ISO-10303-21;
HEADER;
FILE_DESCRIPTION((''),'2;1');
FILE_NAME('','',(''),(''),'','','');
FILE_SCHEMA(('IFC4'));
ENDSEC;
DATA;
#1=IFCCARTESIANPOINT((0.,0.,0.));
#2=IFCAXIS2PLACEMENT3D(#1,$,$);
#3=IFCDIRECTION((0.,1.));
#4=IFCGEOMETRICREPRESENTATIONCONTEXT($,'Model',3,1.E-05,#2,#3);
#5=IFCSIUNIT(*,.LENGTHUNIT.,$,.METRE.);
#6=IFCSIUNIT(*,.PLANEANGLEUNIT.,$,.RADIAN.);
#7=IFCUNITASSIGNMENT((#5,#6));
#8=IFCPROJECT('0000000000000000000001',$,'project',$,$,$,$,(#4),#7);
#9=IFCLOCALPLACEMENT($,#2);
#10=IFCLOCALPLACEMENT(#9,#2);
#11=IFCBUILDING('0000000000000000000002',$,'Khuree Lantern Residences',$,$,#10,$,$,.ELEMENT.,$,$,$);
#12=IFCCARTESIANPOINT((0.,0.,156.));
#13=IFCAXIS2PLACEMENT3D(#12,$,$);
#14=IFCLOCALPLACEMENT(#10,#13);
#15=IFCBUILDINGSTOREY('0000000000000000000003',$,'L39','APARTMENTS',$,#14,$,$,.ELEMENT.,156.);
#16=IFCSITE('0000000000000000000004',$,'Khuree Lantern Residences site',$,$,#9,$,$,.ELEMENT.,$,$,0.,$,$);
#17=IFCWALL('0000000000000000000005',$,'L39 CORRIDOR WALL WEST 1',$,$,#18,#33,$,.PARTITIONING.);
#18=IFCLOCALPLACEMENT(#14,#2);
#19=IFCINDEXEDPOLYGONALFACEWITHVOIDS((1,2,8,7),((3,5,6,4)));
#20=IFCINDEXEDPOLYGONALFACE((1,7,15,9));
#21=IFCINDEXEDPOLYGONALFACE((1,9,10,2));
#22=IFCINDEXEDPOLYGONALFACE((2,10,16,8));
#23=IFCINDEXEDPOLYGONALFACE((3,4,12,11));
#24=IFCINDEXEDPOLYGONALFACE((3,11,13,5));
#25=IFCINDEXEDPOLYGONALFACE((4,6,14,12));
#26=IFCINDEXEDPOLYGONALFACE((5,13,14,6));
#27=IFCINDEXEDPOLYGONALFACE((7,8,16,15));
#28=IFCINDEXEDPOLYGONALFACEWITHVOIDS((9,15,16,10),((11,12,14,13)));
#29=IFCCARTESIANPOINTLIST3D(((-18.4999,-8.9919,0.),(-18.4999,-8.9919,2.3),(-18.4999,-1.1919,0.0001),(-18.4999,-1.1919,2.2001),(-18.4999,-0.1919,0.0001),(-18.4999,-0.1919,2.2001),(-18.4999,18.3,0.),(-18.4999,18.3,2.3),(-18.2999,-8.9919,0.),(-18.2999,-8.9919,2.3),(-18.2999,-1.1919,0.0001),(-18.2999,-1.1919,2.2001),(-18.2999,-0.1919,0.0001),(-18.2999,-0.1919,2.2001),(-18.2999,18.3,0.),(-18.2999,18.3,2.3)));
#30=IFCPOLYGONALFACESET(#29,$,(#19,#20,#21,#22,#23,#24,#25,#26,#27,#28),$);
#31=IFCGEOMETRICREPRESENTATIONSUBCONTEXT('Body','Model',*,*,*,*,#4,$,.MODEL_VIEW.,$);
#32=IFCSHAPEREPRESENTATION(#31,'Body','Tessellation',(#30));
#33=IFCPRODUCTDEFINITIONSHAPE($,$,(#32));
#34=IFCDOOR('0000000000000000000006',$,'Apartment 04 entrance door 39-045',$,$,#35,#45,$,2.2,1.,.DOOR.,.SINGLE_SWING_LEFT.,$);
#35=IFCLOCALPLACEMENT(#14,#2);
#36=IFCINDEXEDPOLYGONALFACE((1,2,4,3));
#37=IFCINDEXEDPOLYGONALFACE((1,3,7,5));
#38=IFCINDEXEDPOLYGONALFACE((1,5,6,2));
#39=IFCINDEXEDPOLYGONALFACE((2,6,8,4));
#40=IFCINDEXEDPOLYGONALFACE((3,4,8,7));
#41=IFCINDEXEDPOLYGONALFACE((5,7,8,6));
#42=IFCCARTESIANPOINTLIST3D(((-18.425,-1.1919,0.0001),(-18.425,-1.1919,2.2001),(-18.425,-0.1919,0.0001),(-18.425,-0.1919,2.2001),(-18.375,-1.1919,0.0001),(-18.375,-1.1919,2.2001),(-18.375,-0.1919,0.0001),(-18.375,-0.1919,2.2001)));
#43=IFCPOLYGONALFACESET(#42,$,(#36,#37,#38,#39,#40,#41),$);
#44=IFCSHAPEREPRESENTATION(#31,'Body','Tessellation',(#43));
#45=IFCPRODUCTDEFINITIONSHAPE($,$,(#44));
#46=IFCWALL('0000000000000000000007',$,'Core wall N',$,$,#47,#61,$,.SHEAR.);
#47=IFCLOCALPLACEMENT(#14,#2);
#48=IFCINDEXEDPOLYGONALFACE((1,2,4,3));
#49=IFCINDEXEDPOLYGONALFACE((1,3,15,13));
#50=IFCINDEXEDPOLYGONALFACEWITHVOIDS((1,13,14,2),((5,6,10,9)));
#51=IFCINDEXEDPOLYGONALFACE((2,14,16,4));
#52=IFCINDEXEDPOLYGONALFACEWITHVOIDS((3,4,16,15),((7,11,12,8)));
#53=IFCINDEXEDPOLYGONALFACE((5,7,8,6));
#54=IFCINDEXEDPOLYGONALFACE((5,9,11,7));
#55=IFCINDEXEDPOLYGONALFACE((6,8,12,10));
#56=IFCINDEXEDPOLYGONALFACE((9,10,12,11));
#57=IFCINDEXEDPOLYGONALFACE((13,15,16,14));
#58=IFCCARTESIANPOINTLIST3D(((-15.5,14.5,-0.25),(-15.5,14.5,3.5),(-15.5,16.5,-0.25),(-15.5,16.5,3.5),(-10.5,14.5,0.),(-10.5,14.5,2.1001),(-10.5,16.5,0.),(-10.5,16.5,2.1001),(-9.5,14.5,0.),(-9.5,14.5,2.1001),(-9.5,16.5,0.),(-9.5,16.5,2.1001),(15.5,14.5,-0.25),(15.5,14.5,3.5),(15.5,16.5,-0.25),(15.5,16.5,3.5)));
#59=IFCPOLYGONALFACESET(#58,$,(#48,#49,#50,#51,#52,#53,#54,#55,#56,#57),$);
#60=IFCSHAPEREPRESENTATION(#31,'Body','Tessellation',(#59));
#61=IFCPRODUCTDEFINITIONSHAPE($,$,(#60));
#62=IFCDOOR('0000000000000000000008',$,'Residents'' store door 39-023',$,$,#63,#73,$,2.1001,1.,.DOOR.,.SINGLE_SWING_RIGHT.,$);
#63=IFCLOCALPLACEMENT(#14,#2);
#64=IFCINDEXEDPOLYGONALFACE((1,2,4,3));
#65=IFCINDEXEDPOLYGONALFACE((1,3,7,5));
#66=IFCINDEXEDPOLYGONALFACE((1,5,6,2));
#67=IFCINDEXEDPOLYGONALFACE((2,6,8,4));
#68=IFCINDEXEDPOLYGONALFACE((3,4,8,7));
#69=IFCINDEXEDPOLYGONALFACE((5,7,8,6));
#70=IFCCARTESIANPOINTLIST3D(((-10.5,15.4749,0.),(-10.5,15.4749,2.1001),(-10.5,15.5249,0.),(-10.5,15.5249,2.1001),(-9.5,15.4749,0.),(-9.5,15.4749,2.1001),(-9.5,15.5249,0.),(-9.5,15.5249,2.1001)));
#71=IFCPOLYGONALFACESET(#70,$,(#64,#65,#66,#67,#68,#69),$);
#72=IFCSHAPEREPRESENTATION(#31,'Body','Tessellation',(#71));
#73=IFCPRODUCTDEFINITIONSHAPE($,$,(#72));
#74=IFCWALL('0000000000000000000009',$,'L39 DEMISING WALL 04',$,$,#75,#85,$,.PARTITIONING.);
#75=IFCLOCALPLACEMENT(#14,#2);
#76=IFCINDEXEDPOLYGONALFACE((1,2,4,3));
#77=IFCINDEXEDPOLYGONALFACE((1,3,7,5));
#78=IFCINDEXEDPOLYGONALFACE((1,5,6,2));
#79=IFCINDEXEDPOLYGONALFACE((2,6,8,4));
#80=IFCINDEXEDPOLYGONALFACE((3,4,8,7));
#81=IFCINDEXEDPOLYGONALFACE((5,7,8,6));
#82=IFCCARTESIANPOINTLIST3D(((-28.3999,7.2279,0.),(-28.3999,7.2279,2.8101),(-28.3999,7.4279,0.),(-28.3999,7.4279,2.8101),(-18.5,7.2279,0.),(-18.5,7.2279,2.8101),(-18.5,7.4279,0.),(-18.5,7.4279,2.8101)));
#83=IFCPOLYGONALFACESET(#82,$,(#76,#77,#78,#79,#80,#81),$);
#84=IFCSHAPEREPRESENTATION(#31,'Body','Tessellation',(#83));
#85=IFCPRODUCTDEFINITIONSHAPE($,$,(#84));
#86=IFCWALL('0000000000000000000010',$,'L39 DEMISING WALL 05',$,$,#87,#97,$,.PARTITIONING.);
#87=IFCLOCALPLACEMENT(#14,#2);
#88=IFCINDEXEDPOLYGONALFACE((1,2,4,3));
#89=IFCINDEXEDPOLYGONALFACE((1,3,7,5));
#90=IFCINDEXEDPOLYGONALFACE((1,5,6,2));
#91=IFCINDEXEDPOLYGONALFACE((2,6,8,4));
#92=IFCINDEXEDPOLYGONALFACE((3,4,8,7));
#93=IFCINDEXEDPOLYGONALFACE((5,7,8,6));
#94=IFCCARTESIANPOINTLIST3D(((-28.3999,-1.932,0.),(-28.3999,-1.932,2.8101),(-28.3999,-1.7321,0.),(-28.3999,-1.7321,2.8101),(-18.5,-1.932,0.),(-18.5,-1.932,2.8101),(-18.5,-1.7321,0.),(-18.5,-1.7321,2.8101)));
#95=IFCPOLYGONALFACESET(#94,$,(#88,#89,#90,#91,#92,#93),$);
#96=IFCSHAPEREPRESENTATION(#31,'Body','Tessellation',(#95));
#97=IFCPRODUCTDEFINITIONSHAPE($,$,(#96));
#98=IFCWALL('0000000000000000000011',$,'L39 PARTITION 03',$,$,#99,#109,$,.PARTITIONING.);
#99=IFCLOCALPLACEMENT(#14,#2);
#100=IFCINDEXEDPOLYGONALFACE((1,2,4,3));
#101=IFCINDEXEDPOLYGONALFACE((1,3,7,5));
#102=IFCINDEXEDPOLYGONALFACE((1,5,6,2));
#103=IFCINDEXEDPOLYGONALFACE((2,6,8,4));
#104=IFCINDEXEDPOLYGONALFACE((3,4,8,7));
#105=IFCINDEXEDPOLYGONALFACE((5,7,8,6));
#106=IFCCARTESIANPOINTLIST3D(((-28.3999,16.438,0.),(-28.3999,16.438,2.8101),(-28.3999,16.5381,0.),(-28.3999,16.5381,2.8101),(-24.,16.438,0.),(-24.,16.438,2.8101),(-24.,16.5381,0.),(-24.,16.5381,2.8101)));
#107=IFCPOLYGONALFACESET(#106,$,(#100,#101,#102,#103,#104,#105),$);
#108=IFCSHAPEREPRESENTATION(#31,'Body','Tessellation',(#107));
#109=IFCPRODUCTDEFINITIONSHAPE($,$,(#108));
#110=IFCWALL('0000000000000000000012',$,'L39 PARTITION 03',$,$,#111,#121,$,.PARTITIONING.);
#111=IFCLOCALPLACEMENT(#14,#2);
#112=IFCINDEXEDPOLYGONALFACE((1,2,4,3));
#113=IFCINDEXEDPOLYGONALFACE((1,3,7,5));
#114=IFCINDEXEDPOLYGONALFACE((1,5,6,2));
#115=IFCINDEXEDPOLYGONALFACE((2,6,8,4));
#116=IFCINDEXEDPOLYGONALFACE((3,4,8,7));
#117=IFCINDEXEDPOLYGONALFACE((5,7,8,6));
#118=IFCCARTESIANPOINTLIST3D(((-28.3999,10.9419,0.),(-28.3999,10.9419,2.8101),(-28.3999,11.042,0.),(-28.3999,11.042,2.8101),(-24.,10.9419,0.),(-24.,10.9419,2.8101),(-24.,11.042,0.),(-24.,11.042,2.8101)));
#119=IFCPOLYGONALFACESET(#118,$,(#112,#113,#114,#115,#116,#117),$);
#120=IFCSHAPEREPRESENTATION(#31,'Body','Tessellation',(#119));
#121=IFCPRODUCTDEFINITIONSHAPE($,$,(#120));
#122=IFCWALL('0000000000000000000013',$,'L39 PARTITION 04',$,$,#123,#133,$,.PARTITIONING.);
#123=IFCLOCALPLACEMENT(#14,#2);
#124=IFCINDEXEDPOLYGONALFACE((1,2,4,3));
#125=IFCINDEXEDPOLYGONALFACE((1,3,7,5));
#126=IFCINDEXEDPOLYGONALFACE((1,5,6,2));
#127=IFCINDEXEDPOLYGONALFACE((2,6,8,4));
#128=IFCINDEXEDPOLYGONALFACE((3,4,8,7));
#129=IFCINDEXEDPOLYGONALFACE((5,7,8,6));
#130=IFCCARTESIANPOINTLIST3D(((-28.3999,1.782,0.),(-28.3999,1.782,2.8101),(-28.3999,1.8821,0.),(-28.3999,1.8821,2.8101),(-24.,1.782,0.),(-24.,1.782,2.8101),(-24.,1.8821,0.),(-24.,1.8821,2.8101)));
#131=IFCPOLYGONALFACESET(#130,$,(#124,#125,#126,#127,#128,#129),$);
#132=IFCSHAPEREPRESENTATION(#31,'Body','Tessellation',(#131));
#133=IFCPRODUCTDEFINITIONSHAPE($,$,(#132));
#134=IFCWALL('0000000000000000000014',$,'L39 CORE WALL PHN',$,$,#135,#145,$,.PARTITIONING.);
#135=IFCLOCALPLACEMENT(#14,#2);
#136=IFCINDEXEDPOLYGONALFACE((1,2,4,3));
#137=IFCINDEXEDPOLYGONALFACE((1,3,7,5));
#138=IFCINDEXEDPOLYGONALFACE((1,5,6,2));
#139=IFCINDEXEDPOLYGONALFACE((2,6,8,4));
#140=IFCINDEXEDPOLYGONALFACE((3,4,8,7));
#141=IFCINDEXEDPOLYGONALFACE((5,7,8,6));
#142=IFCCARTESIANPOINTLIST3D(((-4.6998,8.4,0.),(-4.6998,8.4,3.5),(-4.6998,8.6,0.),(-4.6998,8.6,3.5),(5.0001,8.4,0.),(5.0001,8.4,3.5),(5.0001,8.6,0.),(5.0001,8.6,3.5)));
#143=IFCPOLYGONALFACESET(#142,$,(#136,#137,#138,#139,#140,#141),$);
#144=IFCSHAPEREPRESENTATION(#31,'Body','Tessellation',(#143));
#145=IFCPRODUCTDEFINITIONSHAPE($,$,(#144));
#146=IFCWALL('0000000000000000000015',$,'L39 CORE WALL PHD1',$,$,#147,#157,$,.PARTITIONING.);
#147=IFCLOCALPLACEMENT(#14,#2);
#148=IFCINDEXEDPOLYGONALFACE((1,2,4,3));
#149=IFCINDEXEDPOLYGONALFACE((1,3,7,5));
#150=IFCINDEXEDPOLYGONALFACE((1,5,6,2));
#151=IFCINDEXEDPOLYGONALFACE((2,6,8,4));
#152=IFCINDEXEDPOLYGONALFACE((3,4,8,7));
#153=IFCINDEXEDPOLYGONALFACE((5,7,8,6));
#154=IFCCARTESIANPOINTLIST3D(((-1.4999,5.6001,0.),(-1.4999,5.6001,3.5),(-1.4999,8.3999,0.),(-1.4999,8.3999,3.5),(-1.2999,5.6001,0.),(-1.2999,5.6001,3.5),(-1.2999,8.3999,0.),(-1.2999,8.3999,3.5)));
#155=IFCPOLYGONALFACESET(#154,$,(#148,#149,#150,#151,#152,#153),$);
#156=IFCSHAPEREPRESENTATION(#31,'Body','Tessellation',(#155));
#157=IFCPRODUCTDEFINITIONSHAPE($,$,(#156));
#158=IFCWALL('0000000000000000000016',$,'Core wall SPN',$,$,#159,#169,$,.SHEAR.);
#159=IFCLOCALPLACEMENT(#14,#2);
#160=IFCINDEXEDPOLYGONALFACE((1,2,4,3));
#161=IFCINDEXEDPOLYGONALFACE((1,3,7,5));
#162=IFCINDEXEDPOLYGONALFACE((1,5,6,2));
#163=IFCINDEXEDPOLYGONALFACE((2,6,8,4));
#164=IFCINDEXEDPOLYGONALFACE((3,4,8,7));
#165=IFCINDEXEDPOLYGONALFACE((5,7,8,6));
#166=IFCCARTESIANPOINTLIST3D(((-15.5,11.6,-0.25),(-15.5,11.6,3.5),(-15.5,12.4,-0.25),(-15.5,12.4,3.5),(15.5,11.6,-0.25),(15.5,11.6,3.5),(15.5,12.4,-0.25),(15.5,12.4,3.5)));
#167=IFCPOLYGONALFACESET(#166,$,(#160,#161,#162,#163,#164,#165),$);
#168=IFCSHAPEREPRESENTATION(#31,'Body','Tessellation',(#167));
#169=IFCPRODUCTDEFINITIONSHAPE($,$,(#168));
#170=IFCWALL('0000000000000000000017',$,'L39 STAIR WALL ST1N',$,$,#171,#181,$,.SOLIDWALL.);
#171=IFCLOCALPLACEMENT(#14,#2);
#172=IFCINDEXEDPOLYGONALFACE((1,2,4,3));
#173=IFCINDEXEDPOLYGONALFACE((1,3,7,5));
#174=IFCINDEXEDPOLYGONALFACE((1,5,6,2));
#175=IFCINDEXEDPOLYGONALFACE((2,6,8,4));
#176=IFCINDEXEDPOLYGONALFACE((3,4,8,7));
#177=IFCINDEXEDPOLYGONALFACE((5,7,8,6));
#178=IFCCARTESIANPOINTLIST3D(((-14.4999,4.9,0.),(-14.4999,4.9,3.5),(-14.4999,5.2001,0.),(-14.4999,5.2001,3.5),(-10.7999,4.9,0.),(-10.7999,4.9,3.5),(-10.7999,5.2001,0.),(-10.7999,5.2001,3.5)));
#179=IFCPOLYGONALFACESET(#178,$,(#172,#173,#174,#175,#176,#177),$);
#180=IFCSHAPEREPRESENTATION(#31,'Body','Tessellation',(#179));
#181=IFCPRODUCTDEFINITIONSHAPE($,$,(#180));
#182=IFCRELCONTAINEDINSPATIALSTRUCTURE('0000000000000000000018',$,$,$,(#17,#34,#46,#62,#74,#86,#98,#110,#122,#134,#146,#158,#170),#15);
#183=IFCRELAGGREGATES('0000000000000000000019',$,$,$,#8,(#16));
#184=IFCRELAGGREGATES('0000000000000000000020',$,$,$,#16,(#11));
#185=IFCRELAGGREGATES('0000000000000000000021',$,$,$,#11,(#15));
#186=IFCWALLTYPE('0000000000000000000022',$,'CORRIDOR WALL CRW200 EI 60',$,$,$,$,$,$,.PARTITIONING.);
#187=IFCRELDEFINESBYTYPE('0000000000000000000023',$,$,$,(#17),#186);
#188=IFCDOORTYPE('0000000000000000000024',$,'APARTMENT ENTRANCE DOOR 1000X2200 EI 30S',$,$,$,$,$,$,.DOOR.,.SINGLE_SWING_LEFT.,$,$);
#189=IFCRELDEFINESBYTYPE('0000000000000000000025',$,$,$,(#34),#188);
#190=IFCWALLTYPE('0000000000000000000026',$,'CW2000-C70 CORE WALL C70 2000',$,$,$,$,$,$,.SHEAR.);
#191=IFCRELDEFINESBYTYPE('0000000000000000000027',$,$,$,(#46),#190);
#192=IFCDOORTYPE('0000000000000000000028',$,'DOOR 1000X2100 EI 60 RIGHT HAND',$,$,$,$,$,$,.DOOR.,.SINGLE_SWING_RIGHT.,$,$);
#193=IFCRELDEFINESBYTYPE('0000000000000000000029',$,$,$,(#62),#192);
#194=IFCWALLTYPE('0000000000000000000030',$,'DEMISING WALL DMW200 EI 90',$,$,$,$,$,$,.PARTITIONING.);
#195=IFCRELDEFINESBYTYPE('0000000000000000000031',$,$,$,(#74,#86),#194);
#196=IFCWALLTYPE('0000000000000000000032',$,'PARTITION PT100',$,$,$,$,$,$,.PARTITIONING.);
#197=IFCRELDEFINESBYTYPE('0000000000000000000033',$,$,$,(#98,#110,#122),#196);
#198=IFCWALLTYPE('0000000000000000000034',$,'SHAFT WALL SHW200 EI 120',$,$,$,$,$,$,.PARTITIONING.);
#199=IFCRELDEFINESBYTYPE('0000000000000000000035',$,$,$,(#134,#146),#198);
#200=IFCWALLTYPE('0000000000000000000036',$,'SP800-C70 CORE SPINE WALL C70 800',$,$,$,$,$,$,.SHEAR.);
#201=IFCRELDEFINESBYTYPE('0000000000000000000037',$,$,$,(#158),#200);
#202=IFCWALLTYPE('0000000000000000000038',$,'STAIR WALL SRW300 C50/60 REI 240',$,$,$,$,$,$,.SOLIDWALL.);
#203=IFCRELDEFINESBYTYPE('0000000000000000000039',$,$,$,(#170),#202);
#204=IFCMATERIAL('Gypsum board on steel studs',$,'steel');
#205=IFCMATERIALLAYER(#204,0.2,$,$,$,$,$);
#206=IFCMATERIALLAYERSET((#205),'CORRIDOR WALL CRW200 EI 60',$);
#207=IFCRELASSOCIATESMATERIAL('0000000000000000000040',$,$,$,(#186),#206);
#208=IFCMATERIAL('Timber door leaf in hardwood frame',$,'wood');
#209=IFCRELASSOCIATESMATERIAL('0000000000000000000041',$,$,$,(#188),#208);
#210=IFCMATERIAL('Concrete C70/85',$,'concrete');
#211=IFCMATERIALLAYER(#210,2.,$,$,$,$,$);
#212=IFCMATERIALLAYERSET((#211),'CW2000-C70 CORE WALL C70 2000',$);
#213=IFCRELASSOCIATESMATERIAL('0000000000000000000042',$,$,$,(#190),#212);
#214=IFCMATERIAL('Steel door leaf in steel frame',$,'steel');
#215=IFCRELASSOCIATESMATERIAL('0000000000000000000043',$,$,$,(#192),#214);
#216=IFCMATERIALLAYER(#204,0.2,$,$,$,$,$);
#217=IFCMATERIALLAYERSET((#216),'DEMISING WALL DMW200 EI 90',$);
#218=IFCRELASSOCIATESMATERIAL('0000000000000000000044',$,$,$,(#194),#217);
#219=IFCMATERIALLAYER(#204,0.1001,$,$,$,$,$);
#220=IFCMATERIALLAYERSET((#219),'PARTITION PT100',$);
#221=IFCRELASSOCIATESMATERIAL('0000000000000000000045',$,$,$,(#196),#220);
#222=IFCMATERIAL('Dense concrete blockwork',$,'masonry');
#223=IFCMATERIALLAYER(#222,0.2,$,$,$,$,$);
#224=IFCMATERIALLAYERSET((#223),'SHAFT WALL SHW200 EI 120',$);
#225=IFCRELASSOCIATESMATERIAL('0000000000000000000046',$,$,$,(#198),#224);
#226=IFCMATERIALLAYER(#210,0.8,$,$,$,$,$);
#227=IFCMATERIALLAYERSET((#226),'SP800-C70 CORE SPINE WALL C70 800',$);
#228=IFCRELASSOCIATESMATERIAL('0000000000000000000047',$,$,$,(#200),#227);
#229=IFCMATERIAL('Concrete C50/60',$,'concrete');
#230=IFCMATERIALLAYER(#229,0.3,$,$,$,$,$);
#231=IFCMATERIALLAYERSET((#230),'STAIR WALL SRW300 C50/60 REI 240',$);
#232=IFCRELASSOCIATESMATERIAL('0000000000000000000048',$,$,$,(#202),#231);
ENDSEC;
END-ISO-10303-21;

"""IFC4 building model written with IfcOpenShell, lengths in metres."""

from ifc_helpers import new_model, si_unit, direction, frame, frame_2d, origin, place, context, subcontext, project, spatial, rectangle, extrude, material, layer, layer_set, type_object, element, fill, save


model = new_model("IFC4")

# Units and contexts
model_context = context("Model", 3, precision=1e-05, world=origin(), true_north=direction((0.0, 1.0)))
body_context = subcontext(model_context, "Body", "Model", "MODEL_VIEW")
ifc_project = project(units=[si_unit("LENGTHUNIT", "METRE"), si_unit("PLANEANGLEUNIT", "RADIAN")], contexts=[model_context])

# Site, building, storey
site_placement = place(None, origin())
site = spatial("IfcSite", under=ifc_project, at=site_placement, Name="Khuree Lantern Residences site", CompositionType="ELEMENT", RefElevation=0.0)
building_placement = place(site_placement, origin())
building = spatial("IfcBuilding", under=site, at=building_placement, Name="Khuree Lantern Residences", CompositionType="ELEMENT")
storey_placement = place(building_placement, frame((0.0, 0.0, 156.0)))
storey = spatial("IfcBuildingStorey", under=building, at=storey_placement, Name="L39", Description="APARTMENTS", CompositionType="ELEMENT", Elevation=156.0)

# Shared definitions
ifc_material_1 = material(Name="Concrete C70/85", Category="concrete")

# Shared definitions
ifc_material_2 = material(Name="Timber door leaf in hardwood frame", Category="wood")

# Shared definitions
ifc_material_3 = material(Name="Dense concrete blockwork", Category="masonry")

# Shared definitions
ifc_material_4 = material(Name="Steel door leaf in steel frame", Category="steel")

# Shared definitions
ifc_material_5 = material(Name="Gypsum board on steel studs", Category="steel")
ifc_layer_1 = layer(ifc_material_5, 0.2)
ifc_layer_set_1 = layer_set([ifc_layer_1], Name="CORRIDOR WALL CRW200 EI 60")
wall_type_1 = type_object("IfcWallType", Name="CORRIDOR WALL CRW200 EI 60", PredefinedType="PARTITIONING", material=ifc_layer_set_1)

# Walls, openings, doors
wall_1_placement = place(storey_placement, frame((-18.3999, 18.3, 0.0), z_axis=(0.0, 0.0, 1.0), x_axis=(0.0, -1.0, 0.0)))
wall_1 = element("IfcWall", 1, at=wall_1_placement, inside=storey, type_object=wall_type_1, Name="L39 CORRIDOR WALL WEST 1", PredefinedType="PARTITIONING", context=body_context, shape_type="SweptSolid", body=[
    extrude(rectangle(XDim=27.292, YDim=0.2, at=frame_2d((13.646, 0.0))), origin(), (0.0, 0.0, 1.0), 2.3),
])
opening_1_placement = place(wall_1_placement, frame((18.4919, 0.0, 0.0)))
opening_1 = element("IfcOpeningElement", 2, at=opening_1_placement, cuts=wall_1, PredefinedType="OPENING", context=body_context, shape_type="SweptSolid", body=[
    extrude(rectangle(XDim=1.0, YDim=2.2, at=frame_2d((0.5, 1.1001))), frame((0.0, 0.1099, 0.0), z_axis=(0.0, -1.0, 0.0), x_axis=(1.0, 0.0, 0.0)), (0.0, 0.0, 1.0), 0.22),
])
door_type_1 = type_object("IfcDoorType", Name="APARTMENT ENTRANCE DOOR 1000X2200 EI 30S", OperationType="SINGLE_SWING_LEFT", PredefinedType="DOOR", material=ifc_material_2)
door_1_placement = place(opening_1_placement, origin())
door_1 = element("IfcDoor", 3, at=door_1_placement, inside=storey, type_object=door_type_1, Name="Apartment 04 entrance door 39-045", OperationType="SINGLE_SWING_LEFT", OverallHeight=2.2, OverallWidth=1.0, PredefinedType="DOOR", context=body_context, shape_type="SweptSolid", body=[
    extrude(rectangle(XDim=1.0, YDim=2.2, at=frame_2d((0.5, 1.1001))), frame((0.0, 0.0249, 0.0), z_axis=(0.0, -1.0, 0.0), x_axis=(1.0, 0.0, 0.0)), (0.0, 0.0, 1.0), 0.05),
])
fill(opening_1, door_1)
ifc_layer_2 = layer(ifc_material_1, 2.0)
ifc_layer_set_2 = layer_set([ifc_layer_2], Name="CW2000-C70 CORE WALL C70 2000")
wall_type_2 = type_object("IfcWallType", Name="CW2000-C70 CORE WALL C70 2000", PredefinedType="SHEAR", material=ifc_layer_set_2)
wall_2_placement = place(storey_placement, frame((-15.5, 15.5, -0.25), z_axis=(0.0, 0.0, 1.0), x_axis=(1.0, 0.0, 0.0)))
wall_2 = element("IfcWall", 4, at=wall_2_placement, inside=storey, type_object=wall_type_2, Name="Core wall N", PredefinedType="SHEAR", context=body_context, shape_type="SweptSolid", body=[
    extrude(rectangle(XDim=31.0, YDim=2.0, at=frame_2d((15.5, 0.0))), origin(), (0.0, 0.0, 1.0), 3.75),
])
opening_2_placement = place(wall_2_placement, frame((5.0, 0.0, 0.25)))
opening_2 = element("IfcOpeningElement", 5, at=opening_2_placement, cuts=wall_2, PredefinedType="OPENING", context=body_context, shape_type="SweptSolid", body=[
    extrude(rectangle(XDim=1.0, YDim=2.1001, at=frame_2d((0.5, 1.05))), frame((0.0, 1.01, 0.0), z_axis=(0.0, -1.0, 0.0), x_axis=(1.0, 0.0, 0.0)), (0.0, 0.0, 1.0), 2.02),
])
door_type_2 = type_object("IfcDoorType", Name="DOOR 1000X2100 EI 60 RIGHT HAND", OperationType="SINGLE_SWING_RIGHT", PredefinedType="DOOR", material=ifc_material_4)
door_2_placement = place(opening_2_placement, origin())
door_2 = element("IfcDoor", 6, at=door_2_placement, inside=storey, type_object=door_type_2, Name="Residents' store door 39-023", OperationType="SINGLE_SWING_RIGHT", OverallHeight=2.1001, OverallWidth=1.0, PredefinedType="DOOR", context=body_context, shape_type="SweptSolid", body=[
    extrude(rectangle(XDim=1.0, YDim=2.1001, at=frame_2d((0.5, 1.05))), frame((0.0, 0.0249, 0.0), z_axis=(0.0, -1.0, 0.0), x_axis=(1.0, 0.0, 0.0)), (0.0, 0.0, 1.0), 0.05),
])
fill(opening_2, door_2)

# Walls
ifc_layer_3 = layer(ifc_material_5, 0.2)
ifc_layer_set_3 = layer_set([ifc_layer_3], Name="DEMISING WALL DMW200 EI 90")
wall_type_3 = type_object("IfcWallType", Name="DEMISING WALL DMW200 EI 90", PredefinedType="PARTITIONING", material=ifc_layer_set_3)
for number, where, z_axis, x_axis, name in (
    (7, (-18.5, 7.3279, 0.0), (0.0, 0.0, 1.0), (-1.0, 0.0, 0.0), "L39 DEMISING WALL 04"),
    (8, (-18.5, -1.832, 0.0), (0.0, 0.0, 1.0), (-1.0, 0.0, 0.0), "L39 DEMISING WALL 05"),
):
    element("IfcWall", number, at=place(storey_placement, frame(where, z_axis=z_axis, x_axis=x_axis)), inside=storey, type_object=wall_type_3, Name=name, PredefinedType="PARTITIONING", context=body_context, shape_type="SweptSolid", body=[
        extrude(rectangle(XDim=9.8999, YDim=0.2, at=frame_2d((4.95, 0.0))), origin(), (0.0, 0.0, 1.0), 2.8101),
    ])
ifc_layer_4 = layer(ifc_material_5, 0.1001)
ifc_layer_set_4 = layer_set([ifc_layer_4], Name="PARTITION PT100")
wall_type_4 = type_object("IfcWallType", Name="PARTITION PT100", PredefinedType="PARTITIONING", material=ifc_layer_set_4)
for number, where, z_axis, x_axis, name in (
    (9, (-24.0, 16.488, 0.0), (0.0, 0.0, 1.0), (-1.0, 0.0, 0.0), "L39 PARTITION 03"),
    (10, (-24.0, 10.9919, 0.0), (0.0, 0.0, 1.0), (-1.0, 0.0, 0.0), "L39 PARTITION 03"),
    (11, (-24.0, 1.832, 0.0), (0.0, 0.0, 1.0), (-1.0, 0.0, 0.0), "L39 PARTITION 04"),
):
    element("IfcWall", number, at=place(storey_placement, frame(where, z_axis=z_axis, x_axis=x_axis)), inside=storey, type_object=wall_type_4, Name=name, PredefinedType="PARTITIONING", context=body_context, shape_type="SweptSolid", body=[
        extrude(rectangle(XDim=4.3999, YDim=0.1001, at=frame_2d((2.2, 0.0))), origin(), (0.0, 0.0, 1.0), 2.8101),
    ])
ifc_layer_5 = layer(ifc_material_3, 0.2)
ifc_layer_set_5 = layer_set([ifc_layer_5], Name="SHAFT WALL SHW200 EI 120")
wall_type_5 = type_object("IfcWallType", Name="SHAFT WALL SHW200 EI 120", PredefinedType="PARTITIONING", material=ifc_layer_set_5)
wall_3_placement = place(storey_placement, frame((-4.7, 8.5, 0.0), z_axis=(0.0, 0.0, 1.0), x_axis=(1.0, 0.0, 0.0)))
element("IfcWall", 12, at=wall_3_placement, inside=storey, type_object=wall_type_5, Name="L39 CORE WALL PHN", PredefinedType="PARTITIONING", context=body_context, shape_type="SweptSolid", body=[
    extrude(rectangle(XDim=9.7, YDim=0.2, at=frame_2d((4.8501, 0.0))), origin(), (0.0, 0.0, 1.0), 3.5),
])
wall_4_placement = place(storey_placement, frame((-1.3999, 5.6001, 0.0), z_axis=(0.0, 0.0, 1.0), x_axis=(0.0, 1.0, 0.0)))
element("IfcWall", 13, at=wall_4_placement, inside=storey, type_object=wall_type_5, Name="L39 CORE WALL PHD1", PredefinedType="PARTITIONING", context=body_context, shape_type="SweptSolid", body=[
    extrude(rectangle(XDim=2.7998, YDim=0.2, at=frame_2d((1.3999, 0.0))), origin(), (0.0, 0.0, 1.0), 3.5),
])
ifc_layer_6 = layer(ifc_material_1, 0.8)
ifc_layer_set_6 = layer_set([ifc_layer_6], Name="SP800-C70 CORE SPINE WALL C70 800")
wall_type_6 = type_object("IfcWallType", Name="SP800-C70 CORE SPINE WALL C70 800", PredefinedType="SHEAR", material=ifc_layer_set_6)
wall_5_placement = place(storey_placement, frame((-15.5, 12.0, -0.25), z_axis=(0.0, 0.0, 1.0), x_axis=(1.0, 0.0, 0.0)))
element("IfcWall", 14, at=wall_5_placement, inside=storey, type_object=wall_type_6, Name="Core wall SPN", PredefinedType="SHEAR", context=body_context, shape_type="SweptSolid", body=[
    extrude(rectangle(XDim=31.0, YDim=0.8, at=frame_2d((15.5, 0.0))), origin(), (0.0, 0.0, 1.0), 3.75),
])
ifc_material_6 = material(Name="Concrete C50/60", Category="concrete")
ifc_layer_7 = layer(ifc_material_6, 0.3)
ifc_layer_set_7 = layer_set([ifc_layer_7], Name="STAIR WALL SRW300 C50/60 REI 240")
wall_type_7 = type_object("IfcWallType", Name="STAIR WALL SRW300 C50/60 REI 240", PredefinedType="SOLIDWALL", material=ifc_layer_set_7)
wall_6_placement = place(storey_placement, frame((-14.5, 5.05, 0.0), z_axis=(0.0, 0.0, 1.0), x_axis=(1.0, 0.0, 0.0)))
element("IfcWall", 15, at=wall_6_placement, inside=storey, type_object=wall_type_7, Name="L39 STAIR WALL ST1N", PredefinedType="SOLIDWALL", context=body_context, shape_type="SweptSolid", body=[
    extrude(rectangle(XDim=3.7, YDim=0.3, at=frame_2d((1.8501, 0.0))), origin(), (0.0, 0.0, 1.0), 3.5),
])

save(model, "model.ifc")
